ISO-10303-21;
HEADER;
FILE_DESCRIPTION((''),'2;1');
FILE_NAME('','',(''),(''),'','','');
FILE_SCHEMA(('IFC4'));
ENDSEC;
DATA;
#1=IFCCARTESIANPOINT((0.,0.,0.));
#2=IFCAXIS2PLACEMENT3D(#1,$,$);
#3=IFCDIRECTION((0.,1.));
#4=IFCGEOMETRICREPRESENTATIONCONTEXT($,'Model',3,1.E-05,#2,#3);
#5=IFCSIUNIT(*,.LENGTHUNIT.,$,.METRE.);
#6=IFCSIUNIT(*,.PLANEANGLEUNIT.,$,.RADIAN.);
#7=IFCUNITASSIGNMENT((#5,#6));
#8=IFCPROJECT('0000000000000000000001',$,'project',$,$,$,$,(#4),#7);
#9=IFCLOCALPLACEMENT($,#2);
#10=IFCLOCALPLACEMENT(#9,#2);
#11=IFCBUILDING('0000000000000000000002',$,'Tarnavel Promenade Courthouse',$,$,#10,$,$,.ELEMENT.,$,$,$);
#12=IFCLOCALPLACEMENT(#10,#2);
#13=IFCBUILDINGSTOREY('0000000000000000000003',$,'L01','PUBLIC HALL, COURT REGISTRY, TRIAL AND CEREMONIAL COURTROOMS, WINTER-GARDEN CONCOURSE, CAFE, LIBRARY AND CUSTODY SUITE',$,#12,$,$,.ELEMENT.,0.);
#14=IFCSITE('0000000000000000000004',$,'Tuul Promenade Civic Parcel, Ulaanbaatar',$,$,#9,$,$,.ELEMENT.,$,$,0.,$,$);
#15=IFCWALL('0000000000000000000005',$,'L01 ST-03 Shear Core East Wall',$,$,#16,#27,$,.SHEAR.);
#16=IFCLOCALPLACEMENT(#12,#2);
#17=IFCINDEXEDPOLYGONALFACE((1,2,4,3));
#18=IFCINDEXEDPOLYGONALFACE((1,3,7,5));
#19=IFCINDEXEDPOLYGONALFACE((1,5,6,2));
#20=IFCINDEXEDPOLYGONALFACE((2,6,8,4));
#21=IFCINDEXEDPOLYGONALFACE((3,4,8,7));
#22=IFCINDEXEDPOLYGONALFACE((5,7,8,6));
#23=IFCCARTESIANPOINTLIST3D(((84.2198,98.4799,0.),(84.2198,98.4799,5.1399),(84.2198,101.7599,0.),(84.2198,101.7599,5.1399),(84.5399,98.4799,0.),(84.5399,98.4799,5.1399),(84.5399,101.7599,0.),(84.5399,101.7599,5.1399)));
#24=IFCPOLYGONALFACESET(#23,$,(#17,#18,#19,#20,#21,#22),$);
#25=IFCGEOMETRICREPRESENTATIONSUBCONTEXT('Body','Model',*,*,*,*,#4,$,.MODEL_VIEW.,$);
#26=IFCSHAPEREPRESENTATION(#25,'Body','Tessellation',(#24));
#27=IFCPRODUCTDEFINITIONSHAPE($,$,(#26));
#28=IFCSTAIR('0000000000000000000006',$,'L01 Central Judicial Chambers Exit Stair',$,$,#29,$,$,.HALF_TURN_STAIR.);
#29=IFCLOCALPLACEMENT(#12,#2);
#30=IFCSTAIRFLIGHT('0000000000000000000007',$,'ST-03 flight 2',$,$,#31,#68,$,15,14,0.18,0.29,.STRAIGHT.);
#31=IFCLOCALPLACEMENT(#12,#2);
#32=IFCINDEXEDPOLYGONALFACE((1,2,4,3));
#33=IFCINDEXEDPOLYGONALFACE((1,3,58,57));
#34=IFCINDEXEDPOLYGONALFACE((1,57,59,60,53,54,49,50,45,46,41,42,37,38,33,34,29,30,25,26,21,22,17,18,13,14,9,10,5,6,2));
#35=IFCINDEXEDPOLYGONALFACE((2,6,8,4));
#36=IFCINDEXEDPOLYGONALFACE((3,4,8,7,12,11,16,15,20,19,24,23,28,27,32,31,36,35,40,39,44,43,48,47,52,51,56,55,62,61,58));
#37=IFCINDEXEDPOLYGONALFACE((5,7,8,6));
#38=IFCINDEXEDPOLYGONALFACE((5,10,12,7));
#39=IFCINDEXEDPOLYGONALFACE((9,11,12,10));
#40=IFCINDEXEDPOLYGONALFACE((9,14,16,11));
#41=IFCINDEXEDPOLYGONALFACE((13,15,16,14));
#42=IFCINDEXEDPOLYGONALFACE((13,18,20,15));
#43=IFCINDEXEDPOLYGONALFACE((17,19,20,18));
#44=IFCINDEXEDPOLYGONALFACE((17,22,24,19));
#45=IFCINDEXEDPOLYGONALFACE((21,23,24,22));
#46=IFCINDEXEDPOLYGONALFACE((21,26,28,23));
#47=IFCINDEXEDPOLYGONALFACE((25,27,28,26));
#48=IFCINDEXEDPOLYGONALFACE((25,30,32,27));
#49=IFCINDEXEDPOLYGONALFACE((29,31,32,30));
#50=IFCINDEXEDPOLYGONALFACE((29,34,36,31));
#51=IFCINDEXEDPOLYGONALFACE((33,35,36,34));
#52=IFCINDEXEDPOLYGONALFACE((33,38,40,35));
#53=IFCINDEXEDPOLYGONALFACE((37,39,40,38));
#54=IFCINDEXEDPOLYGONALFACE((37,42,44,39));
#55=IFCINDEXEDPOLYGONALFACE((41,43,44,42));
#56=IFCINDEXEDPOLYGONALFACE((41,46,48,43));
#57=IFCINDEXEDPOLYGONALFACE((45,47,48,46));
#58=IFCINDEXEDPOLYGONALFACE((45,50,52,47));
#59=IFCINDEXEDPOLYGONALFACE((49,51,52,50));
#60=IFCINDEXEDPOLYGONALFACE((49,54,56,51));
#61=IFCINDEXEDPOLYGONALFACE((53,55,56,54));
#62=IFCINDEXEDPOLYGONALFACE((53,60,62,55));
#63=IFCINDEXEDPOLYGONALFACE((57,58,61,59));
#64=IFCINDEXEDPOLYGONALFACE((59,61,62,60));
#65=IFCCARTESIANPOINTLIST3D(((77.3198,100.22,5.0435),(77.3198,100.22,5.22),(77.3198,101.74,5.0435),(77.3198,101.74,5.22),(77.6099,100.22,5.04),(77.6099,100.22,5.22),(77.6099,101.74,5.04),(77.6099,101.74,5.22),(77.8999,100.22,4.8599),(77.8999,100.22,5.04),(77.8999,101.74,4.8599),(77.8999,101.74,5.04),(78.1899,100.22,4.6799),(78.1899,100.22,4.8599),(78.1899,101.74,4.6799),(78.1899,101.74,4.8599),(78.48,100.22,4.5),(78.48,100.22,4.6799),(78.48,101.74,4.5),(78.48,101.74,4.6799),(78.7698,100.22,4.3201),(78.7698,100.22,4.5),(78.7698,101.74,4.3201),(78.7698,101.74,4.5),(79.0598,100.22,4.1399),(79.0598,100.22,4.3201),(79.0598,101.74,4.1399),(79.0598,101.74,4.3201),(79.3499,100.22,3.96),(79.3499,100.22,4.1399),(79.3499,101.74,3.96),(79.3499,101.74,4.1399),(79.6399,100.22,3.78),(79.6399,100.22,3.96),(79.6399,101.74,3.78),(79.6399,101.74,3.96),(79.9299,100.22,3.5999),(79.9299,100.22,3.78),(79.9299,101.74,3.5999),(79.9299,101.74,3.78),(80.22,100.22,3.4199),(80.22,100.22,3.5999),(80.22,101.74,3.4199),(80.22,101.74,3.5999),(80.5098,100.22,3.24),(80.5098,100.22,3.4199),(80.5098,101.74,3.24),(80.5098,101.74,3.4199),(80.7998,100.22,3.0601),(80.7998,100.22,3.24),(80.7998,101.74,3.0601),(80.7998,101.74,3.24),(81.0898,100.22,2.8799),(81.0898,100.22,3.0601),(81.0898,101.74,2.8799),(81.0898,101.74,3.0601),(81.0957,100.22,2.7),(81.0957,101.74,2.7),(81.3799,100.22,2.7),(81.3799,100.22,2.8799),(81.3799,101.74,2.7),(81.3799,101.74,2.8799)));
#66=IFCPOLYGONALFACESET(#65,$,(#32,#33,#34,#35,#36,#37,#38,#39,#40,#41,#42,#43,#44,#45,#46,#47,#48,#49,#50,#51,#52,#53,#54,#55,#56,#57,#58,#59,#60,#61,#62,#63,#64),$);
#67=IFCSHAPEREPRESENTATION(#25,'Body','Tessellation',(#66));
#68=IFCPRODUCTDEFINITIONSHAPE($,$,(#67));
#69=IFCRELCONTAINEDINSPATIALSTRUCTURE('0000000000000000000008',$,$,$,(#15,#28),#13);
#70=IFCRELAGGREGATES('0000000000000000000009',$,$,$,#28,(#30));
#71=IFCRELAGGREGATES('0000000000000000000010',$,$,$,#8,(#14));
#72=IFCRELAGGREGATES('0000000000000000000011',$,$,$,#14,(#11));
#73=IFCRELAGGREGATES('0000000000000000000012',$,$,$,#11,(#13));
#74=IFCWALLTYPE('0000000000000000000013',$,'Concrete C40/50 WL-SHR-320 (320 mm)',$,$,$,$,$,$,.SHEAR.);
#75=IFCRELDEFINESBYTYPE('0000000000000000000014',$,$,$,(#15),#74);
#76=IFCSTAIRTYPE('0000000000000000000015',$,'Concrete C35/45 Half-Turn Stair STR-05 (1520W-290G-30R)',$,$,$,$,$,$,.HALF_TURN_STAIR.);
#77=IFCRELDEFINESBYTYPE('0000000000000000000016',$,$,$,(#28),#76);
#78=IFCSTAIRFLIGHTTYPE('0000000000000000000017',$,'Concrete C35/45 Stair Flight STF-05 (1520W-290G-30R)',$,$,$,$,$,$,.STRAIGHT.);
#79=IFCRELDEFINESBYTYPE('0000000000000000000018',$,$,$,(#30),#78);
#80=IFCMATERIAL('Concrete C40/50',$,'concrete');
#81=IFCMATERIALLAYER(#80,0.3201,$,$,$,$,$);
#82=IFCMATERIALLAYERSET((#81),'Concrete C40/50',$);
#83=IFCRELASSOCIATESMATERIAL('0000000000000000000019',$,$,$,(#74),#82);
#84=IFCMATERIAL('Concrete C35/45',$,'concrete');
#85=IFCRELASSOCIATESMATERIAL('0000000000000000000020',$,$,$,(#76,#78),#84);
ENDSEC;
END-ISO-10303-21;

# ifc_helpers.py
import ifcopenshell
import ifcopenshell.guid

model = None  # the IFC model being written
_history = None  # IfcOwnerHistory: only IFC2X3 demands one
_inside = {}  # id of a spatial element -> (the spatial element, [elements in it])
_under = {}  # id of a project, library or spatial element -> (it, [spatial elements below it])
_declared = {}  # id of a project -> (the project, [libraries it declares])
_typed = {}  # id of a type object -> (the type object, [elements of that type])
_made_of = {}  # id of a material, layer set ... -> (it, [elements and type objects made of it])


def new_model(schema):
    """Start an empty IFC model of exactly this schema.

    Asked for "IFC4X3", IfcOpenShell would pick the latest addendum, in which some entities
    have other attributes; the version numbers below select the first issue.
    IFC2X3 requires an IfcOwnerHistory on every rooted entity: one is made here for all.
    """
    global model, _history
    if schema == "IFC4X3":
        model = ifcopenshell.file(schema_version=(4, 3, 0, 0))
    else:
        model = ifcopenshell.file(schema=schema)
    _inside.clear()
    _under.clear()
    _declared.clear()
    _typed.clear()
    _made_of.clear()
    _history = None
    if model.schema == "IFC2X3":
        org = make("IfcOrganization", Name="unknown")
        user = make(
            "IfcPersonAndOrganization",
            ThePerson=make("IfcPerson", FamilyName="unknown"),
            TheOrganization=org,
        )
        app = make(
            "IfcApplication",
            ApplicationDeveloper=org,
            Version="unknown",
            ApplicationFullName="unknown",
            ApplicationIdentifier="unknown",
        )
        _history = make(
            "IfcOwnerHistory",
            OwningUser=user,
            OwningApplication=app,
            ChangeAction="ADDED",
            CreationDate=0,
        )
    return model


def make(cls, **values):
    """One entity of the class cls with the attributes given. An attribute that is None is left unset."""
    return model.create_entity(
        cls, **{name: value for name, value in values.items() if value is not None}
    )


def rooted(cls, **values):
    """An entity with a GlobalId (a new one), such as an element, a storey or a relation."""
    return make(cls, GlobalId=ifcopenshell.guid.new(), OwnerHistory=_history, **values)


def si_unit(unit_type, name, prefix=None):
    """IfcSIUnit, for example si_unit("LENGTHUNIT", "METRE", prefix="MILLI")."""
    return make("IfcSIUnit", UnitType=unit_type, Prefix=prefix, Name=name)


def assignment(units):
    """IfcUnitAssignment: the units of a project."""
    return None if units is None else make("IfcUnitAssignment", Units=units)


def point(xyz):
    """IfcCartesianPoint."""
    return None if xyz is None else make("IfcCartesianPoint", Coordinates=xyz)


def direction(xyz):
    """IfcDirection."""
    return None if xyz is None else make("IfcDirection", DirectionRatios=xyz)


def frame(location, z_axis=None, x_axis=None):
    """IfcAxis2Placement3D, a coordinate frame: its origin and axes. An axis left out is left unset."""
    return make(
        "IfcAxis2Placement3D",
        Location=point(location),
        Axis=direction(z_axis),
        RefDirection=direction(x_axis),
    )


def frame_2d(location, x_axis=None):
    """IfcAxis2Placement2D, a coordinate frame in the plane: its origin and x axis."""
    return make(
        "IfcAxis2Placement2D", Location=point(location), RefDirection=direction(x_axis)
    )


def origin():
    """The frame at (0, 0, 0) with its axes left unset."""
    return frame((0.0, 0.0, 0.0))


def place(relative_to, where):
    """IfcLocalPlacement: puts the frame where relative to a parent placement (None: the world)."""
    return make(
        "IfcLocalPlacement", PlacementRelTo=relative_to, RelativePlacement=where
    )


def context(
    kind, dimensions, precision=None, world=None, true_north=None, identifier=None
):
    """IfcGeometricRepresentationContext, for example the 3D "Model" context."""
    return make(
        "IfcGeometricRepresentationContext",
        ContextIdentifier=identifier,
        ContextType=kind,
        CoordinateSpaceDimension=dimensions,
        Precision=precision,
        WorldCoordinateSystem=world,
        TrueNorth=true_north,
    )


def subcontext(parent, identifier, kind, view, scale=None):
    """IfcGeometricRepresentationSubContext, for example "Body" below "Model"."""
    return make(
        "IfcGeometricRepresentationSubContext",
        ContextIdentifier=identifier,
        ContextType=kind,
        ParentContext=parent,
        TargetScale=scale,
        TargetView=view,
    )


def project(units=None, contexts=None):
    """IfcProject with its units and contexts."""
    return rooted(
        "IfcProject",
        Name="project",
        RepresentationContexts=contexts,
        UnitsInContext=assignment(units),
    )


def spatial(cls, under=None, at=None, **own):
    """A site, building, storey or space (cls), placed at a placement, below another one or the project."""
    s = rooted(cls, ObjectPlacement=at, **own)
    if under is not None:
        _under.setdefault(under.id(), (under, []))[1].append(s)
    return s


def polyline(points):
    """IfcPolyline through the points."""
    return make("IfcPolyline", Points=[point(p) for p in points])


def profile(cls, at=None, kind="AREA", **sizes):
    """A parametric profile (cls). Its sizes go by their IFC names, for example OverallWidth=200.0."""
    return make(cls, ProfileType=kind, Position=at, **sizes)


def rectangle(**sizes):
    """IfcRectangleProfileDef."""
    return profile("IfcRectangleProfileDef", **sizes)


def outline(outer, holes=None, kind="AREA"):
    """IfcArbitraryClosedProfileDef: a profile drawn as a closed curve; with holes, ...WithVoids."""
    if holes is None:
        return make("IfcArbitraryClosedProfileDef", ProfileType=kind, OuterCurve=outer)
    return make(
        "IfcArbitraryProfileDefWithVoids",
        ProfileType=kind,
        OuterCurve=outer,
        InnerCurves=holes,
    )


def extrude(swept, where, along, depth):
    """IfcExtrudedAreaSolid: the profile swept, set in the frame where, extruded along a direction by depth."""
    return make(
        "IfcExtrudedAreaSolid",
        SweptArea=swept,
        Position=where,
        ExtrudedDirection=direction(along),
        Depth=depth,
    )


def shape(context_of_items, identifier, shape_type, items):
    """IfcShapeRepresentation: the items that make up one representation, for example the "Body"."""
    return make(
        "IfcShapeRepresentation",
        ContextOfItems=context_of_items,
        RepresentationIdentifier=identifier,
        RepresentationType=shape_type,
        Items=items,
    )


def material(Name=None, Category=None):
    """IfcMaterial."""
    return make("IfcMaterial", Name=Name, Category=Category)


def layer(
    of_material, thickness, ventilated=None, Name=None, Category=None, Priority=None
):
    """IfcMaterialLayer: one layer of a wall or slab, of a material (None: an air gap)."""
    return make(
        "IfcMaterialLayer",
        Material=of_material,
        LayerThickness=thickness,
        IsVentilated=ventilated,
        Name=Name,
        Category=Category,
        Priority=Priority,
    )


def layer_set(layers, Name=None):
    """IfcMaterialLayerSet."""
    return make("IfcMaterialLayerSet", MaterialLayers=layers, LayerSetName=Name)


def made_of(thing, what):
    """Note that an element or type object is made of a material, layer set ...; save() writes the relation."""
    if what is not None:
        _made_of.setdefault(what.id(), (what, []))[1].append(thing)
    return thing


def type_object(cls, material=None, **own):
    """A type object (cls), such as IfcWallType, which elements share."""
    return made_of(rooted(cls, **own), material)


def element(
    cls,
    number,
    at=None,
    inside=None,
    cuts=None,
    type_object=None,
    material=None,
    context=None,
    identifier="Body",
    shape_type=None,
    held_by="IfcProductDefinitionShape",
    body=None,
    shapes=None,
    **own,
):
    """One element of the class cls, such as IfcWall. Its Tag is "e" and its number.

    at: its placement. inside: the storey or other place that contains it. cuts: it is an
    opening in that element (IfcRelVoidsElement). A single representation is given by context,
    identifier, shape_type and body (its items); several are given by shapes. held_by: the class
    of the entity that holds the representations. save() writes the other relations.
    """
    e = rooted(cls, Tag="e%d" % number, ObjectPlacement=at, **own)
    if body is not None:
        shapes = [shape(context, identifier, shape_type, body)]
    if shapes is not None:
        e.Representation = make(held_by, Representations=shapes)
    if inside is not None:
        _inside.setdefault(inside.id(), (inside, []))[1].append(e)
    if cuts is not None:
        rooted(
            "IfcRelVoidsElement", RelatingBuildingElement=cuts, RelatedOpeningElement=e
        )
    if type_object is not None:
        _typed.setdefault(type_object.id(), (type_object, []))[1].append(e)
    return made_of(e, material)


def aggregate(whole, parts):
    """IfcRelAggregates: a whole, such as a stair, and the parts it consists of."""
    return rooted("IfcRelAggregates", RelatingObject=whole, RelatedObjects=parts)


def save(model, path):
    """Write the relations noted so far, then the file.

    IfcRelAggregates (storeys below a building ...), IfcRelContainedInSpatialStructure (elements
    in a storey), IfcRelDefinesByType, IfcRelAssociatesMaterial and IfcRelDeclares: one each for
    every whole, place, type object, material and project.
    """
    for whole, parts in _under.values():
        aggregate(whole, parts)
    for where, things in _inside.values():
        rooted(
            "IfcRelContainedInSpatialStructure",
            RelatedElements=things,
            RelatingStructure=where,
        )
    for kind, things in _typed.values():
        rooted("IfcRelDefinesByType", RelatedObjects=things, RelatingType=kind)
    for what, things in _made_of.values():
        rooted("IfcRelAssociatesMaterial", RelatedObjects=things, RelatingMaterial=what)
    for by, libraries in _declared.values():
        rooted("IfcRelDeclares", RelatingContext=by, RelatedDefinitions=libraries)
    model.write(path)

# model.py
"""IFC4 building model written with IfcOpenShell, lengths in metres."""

from ifc_helpers import new_model, si_unit, direction, frame, frame_2d, origin, place, context, subcontext, project, spatial, polyline, rectangle, outline, extrude, material, layer, layer_set, type_object, element, aggregate, save


model = new_model("IFC4")

# Units and contexts
model_context = context("Model", 3, precision=1e-05, world=origin(), true_north=direction((0.0, 1.0)))
body_context = subcontext(model_context, "Body", "Model", "MODEL_VIEW")
ifc_project = project(units=[si_unit("LENGTHUNIT", "METRE"), si_unit("PLANEANGLEUNIT", "RADIAN")], contexts=[model_context])

# Site, building, storey
site_placement = place(None, origin())
site = spatial("IfcSite", under=ifc_project, at=site_placement, Name="Tuul Promenade Civic Parcel, Ulaanbaatar", CompositionType="ELEMENT", RefElevation=0.0)
building_placement = place(site_placement, origin())
building = spatial("IfcBuilding", under=site, at=building_placement, Name="Tarnavel Promenade Courthouse", CompositionType="ELEMENT")
storey_placement = place(building_placement, origin())
storey = spatial("IfcBuildingStorey", under=building, at=storey_placement, Name="L01", Description="PUBLIC HALL, COURT REGISTRY, TRIAL AND CEREMONIAL COURTROOMS, WINTER-GARDEN CONCOURSE, CAFE, LIBRARY AND CUSTODY SUITE", CompositionType="ELEMENT", Elevation=0.0)

# Shared definitions
ifc_material_1 = material(Name="Concrete C40/50", Category="concrete")

# Wall
ifc_layer_1 = layer(ifc_material_1, 0.3201)
ifc_layer_set_1 = layer_set([ifc_layer_1], Name="Concrete C40/50")
wall_type_1 = type_object("IfcWallType", Name="Concrete C40/50 WL-SHR-320 (320 mm)", PredefinedType="SHEAR", material=ifc_layer_set_1)
wall_1_placement = place(storey_placement, frame((84.3799, 101.76, 0.0), z_axis=(0.0, 0.0, 1.0), x_axis=(0.0, -1.0, 0.0)))
element("IfcWall", 1, at=wall_1_placement, inside=storey, type_object=wall_type_1, Name="L01 ST-03 Shear Core East Wall", PredefinedType="SHEAR", context=body_context, shape_type="SweptSolid", body=[
    extrude(rectangle(XDim=3.28, YDim=0.3201, at=frame_2d((1.6401, 0.0))), origin(), (0.0, 0.0, 1.0), 5.1399),
])

# Stair, stair flight
ifc_material_2 = material(Name="Concrete C35/45", Category="concrete")
stair_type = type_object("IfcStairType", Name="Concrete C35/45 Half-Turn Stair STR-05 (1520W-290G-30R)", PredefinedType="HALF_TURN_STAIR", material=ifc_material_2)
stair_placement = place(storey_placement, origin())
stair = element("IfcStair", 2, at=stair_placement, inside=storey, type_object=stair_type, Name="L01 Central Judicial Chambers Exit Stair", PredefinedType="HALF_TURN_STAIR")
stair_flight_type = type_object("IfcStairFlightType", Name="Concrete C35/45 Stair Flight STF-05 (1520W-290G-30R)", PredefinedType="STRAIGHT", material=ifc_material_2)
stair_flight_placement = place(storey_placement, frame((81.3799, 100.98, 2.7), z_axis=(0.0, 0.0, 1.0), x_axis=(-1.0, 0.0, 0.0)))
stair_flight = element("IfcStairFlight", 3, at=stair_flight_placement, type_object=stair_flight_type, Name="ST-03 flight 2", NumberOfRisers=15, NumberOfTreads=14, PredefinedType="STRAIGHT", RiserHeight=0.18, TreadLength=0.29, context=body_context, shape_type="SweptSolid", body=[
    extrude(outline(polyline([(0.0, 0.0), (0.0, 0.1799), (0.29, 0.1799), (0.29, 0.3601), (0.5801, 0.3601), (0.5801, 0.54), (0.8701, 0.54), (0.8701, 0.72), (1.1599, 0.72), (1.1599, 0.8999), (1.45, 0.8999), (1.45, 1.0801), (1.74, 1.0801), (1.74, 1.26), (2.03, 1.26), (2.03, 1.4399), (2.3201, 1.4399), (2.3201, 1.6201), (2.6101, 1.6201), (2.6101, 1.8), (2.8999, 1.8), (2.8999, 1.98), (3.1899, 1.98), (3.1899, 2.1599), (3.48, 2.1599), (3.48, 2.3401), (3.77, 2.3401), (3.77, 2.52), (4.0601, 2.52), (4.0601, 2.7), (4.0601, 2.3435), (0.2842, 0.0), (0.0, 0.0)])), frame((0.0, 0.76, 0.0), z_axis=(0.0, -1.0, 0.0), x_axis=(1.0, 0.0, 0.0)), (0.0, 0.0, 1.0), 1.52),
])
aggregate(stair, [stair_flight])

save(model, "model.ifc")
